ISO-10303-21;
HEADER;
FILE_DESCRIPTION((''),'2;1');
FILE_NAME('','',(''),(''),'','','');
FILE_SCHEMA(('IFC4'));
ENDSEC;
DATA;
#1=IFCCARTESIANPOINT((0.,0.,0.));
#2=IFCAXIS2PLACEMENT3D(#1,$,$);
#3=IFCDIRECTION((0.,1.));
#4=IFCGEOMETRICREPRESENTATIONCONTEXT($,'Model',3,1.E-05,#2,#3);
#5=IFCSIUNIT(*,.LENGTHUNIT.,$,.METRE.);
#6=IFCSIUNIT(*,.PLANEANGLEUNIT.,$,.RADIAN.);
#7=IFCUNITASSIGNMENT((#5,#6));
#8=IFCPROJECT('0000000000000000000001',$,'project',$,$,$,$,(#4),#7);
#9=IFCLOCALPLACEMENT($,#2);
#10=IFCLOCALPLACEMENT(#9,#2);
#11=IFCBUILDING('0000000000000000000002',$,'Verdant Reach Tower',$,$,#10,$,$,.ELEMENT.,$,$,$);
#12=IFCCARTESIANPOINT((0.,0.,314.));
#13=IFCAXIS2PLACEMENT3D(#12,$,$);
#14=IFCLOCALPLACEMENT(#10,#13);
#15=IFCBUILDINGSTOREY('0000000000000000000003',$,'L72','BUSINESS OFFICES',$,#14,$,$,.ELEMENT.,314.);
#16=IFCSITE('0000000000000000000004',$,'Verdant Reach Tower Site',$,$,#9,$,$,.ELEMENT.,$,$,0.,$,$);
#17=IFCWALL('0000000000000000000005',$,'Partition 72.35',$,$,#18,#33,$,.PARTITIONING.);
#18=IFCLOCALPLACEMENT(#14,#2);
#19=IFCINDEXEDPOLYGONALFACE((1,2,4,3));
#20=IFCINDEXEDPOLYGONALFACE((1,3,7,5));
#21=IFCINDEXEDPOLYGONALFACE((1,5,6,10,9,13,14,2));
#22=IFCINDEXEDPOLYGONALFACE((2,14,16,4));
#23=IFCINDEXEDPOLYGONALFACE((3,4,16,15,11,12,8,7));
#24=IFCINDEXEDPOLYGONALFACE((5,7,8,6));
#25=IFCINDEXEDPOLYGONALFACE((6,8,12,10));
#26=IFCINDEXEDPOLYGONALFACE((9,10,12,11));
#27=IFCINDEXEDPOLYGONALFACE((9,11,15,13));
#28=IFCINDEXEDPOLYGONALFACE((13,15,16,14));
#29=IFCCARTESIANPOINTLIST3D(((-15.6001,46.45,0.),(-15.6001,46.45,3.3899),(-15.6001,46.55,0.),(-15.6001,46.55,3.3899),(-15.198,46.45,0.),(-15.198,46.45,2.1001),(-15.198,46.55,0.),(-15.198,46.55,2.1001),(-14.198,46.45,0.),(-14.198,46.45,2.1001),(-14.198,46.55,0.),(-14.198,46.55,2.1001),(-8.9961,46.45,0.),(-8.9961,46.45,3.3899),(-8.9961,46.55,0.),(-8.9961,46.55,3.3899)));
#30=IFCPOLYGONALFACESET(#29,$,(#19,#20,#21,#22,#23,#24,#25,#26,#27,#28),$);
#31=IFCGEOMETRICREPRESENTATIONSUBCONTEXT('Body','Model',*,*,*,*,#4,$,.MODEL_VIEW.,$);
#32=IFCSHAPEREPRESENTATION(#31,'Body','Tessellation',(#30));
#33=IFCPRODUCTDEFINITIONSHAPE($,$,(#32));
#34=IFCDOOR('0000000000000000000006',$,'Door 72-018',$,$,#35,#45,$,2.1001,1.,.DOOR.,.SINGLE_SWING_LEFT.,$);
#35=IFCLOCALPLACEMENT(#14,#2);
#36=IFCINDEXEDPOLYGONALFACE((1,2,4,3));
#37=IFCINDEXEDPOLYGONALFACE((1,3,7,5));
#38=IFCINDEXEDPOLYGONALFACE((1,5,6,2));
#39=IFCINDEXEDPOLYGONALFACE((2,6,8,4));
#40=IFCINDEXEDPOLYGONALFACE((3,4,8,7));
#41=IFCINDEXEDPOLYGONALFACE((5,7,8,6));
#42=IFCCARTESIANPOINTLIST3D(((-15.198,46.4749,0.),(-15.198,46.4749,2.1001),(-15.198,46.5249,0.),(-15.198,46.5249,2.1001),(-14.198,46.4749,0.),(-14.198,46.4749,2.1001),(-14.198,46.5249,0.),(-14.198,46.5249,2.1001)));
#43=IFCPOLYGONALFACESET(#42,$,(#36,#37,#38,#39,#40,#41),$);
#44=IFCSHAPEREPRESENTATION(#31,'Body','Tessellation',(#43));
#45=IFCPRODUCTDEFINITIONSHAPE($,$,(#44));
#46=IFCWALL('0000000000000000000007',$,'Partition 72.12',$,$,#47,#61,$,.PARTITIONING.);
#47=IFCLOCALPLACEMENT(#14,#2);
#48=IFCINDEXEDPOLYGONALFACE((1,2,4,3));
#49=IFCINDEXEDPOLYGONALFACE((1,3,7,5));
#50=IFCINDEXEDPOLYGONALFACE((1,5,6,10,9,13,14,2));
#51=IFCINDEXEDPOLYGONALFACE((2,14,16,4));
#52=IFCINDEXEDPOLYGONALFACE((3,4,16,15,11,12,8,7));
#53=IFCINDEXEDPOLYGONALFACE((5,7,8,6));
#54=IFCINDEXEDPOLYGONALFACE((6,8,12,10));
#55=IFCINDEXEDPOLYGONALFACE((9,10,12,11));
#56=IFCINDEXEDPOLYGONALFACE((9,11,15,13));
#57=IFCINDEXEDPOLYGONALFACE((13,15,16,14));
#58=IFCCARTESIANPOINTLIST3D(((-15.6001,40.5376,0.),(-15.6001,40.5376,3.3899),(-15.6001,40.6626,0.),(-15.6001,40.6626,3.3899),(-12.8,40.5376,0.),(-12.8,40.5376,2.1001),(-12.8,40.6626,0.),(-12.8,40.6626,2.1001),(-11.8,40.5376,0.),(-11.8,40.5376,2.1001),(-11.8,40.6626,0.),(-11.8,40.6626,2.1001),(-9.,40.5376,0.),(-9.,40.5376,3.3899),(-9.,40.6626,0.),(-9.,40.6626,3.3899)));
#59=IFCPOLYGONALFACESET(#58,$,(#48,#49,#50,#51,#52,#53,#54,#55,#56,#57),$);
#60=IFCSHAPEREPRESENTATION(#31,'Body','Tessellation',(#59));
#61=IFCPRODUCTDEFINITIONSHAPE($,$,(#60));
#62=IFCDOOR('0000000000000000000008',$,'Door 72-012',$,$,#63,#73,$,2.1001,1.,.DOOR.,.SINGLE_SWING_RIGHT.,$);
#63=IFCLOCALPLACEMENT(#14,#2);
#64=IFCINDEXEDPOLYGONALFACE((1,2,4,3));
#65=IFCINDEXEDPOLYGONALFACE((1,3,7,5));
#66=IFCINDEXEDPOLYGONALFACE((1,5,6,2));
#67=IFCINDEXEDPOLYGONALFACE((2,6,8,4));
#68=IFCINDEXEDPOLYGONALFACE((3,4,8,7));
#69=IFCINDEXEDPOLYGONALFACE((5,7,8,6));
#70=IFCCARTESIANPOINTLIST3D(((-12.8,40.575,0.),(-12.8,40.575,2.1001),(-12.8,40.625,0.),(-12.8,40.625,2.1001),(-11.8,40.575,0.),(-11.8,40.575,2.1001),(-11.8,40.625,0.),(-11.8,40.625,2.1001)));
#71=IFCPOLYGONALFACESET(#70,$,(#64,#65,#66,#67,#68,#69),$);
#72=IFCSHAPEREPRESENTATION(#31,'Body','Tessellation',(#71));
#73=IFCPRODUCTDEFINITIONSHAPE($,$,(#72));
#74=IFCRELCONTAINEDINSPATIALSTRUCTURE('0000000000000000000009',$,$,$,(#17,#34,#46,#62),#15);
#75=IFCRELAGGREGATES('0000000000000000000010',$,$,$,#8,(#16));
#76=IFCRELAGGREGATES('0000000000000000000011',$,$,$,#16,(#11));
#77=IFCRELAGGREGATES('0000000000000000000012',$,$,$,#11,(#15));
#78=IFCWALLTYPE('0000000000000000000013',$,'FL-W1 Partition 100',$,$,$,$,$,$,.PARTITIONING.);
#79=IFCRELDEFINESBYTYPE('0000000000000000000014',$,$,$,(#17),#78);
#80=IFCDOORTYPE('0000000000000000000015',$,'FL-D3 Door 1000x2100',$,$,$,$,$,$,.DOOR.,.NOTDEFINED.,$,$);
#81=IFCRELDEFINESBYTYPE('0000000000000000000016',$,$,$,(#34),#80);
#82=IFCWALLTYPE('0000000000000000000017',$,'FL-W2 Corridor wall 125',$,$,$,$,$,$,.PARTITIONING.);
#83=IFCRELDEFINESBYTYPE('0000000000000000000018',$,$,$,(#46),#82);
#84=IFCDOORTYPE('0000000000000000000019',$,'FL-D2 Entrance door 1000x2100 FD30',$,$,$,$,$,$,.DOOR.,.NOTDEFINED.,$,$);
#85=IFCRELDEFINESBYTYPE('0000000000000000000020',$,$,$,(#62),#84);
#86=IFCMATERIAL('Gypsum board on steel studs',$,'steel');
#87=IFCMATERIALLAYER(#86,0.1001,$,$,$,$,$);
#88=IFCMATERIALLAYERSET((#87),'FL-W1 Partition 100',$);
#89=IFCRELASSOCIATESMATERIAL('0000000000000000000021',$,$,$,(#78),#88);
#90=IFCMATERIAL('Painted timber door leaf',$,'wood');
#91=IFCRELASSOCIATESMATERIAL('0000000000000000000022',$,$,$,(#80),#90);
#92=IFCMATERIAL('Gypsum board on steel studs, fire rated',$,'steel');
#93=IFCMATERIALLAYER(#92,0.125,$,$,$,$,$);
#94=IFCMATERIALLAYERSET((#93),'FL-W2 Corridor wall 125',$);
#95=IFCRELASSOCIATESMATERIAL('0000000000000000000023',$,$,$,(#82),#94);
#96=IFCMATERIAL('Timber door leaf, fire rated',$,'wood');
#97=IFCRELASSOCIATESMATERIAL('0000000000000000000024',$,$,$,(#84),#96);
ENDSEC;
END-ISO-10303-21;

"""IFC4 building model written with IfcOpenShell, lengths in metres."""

from ifc_helpers import new_model, si_unit, direction, frame, frame_2d, origin, place, context, subcontext, project, spatial, rectangle, extrude, material, layer, layer_set, type_object, element, fill, save


model = new_model("IFC4")

# Units and contexts
model_context = context("Model", 3, precision=1e-05, world=origin(), true_north=direction((0.0, 1.0)))
body_context = subcontext(model_context, "Body", "Model", "MODEL_VIEW")
ifc_project = project(units=[si_unit("LENGTHUNIT", "METRE"), si_unit("PLANEANGLEUNIT", "RADIAN")], contexts=[model_context])

# Site, building, storey
site_placement = place(None, origin())
site = spatial("IfcSite", under=ifc_project, at=site_placement, Name="Verdant Reach Tower Site", CompositionType="ELEMENT", RefElevation=0.0)
building_placement = place(site_placement, origin())
building = spatial("IfcBuilding", under=site, at=building_placement, Name="Verdant Reach Tower", CompositionType="ELEMENT")
storey_placement = place(building_placement, frame((0.0, 0.0, 314.0)))
storey = spatial("IfcBuildingStorey", under=building, at=storey_placement, Name="L72", Description="BUSINESS OFFICES", CompositionType="ELEMENT", Elevation=314.0)

# Shared definitions
ifc_material_1 = material(Name="Gypsum board on steel studs", Category="steel")
ifc_layer_1 = layer(ifc_material_1, 0.1001)
ifc_layer_set_1 = layer_set([ifc_layer_1], Name="FL-W1 Partition 100")
wall_type_1 = type_object("IfcWallType", Name="FL-W1 Partition 100", PredefinedType="PARTITIONING", material=ifc_layer_set_1)

# Walls, openings, doors
wall_1_placement = place(storey_placement, frame((-15.6001, 46.5, 0.0), z_axis=(0.0, 0.0, 1.0), x_axis=(1.0, 0.0, 0.0)))
wall_1 = element("IfcWall", 1, at=wall_1_placement, inside=storey, type_object=wall_type_1, Name="Partition 72.35", PredefinedType="PARTITIONING", context=body_context, shape_type="SweptSolid", body=[
    extrude(rectangle(XDim=6.604, YDim=0.1001, at=frame_2d((3.302, 0.0))), origin(), (0.0, 0.0, 1.0), 3.3899),
])
opening_1_placement = place(wall_1_placement, frame((0.4021, 0.0, 0.0)))
opening_1 = element("IfcOpeningElement", 2, at=opening_1_placement, cuts=wall_1, PredefinedType="OPENING", context=body_context, shape_type="SweptSolid", body=[
    extrude(rectangle(XDim=1.0, YDim=2.1001, at=frame_2d((0.5, 1.05))), frame((0.0, 0.0601, 0.0), z_axis=(0.0, -1.0, 0.0), x_axis=(1.0, 0.0, 0.0)), (0.0, 0.0, 1.0), 0.1201),
])
ifc_material_2 = material(Name="Painted timber door leaf", Category="wood")
door_type_1 = type_object("IfcDoorType", Name="FL-D3 Door 1000x2100", OperationType="NOTDEFINED", PredefinedType="DOOR", material=ifc_material_2)
door_1_placement = place(opening_1_placement, origin())
door_1 = element("IfcDoor", 3, at=door_1_placement, inside=storey, type_object=door_type_1, Name="Door 72-018", OperationType="SINGLE_SWING_LEFT", OverallHeight=2.1001, OverallWidth=1.0, PredefinedType="DOOR", context=body_context, shape_type="SweptSolid", body=[
    extrude(rectangle(XDim=1.0, YDim=2.1001, at=frame_2d((0.5, 1.05))), frame((0.0, 0.0249, 0.0), z_axis=(0.0, -1.0, 0.0), x_axis=(1.0, 0.0, 0.0)), (0.0, 0.0, 1.0), 0.05),
])
fill(opening_1, door_1)
ifc_material_3 = material(Name="Gypsum board on steel studs, fire rated", Category="steel")
ifc_layer_2 = layer(ifc_material_3, 0.125)
ifc_layer_set_2 = layer_set([ifc_layer_2], Name="FL-W2 Corridor wall 125")
wall_type_2 = type_object("IfcWallType", Name="FL-W2 Corridor wall 125", PredefinedType="PARTITIONING", material=ifc_layer_set_2)
wall_2_placement = place(storey_placement, frame((-15.6001, 40.6001, 0.0), z_axis=(0.0, 0.0, 1.0), x_axis=(1.0, 0.0, 0.0)))
wall_2 = element("IfcWall", 4, at=wall_2_placement, inside=storey, type_object=wall_type_2, Name="Partition 72.12", PredefinedType="PARTITIONING", context=body_context, shape_type="SweptSolid", body=[
    extrude(rectangle(XDim=6.6001, YDim=0.125, at=frame_2d((3.3, 0.0))), origin(), (0.0, 0.0, 1.0), 3.3899),
])
opening_2_placement = place(wall_2_placement, frame((2.8, 0.0, 0.0)))
opening_2 = element("IfcOpeningElement", 5, at=opening_2_placement, cuts=wall_2, PredefinedType="OPENING", context=body_context, shape_type="SweptSolid", body=[
    extrude(rectangle(XDim=1.0, YDim=2.1001, at=frame_2d((0.5, 1.05))), frame((0.0, 0.0725, 0.0), z_axis=(0.0, -1.0, 0.0), x_axis=(1.0, 0.0, 0.0)), (0.0, 0.0, 1.0), 0.145),
])
ifc_material_4 = material(Name="Timber door leaf, fire rated", Category="wood")
door_type_2 = type_object("IfcDoorType", Name="FL-D2 Entrance door 1000x2100 FD30", OperationType="NOTDEFINED", PredefinedType="DOOR", material=ifc_material_4)
door_2_placement = place(opening_2_placement, origin())
door_2 = element("IfcDoor", 6, at=door_2_placement, inside=storey, type_object=door_type_2, Name="Door 72-012", OperationType="SINGLE_SWING_RIGHT", OverallHeight=2.1001, OverallWidth=1.0, PredefinedType="DOOR", context=body_context, shape_type="SweptSolid", body=[
    extrude(rectangle(XDim=1.0, YDim=2.1001, at=frame_2d((0.5, 1.05))), frame((0.0, 0.0249, 0.0), z_axis=(0.0, -1.0, 0.0), x_axis=(1.0, 0.0, 0.0)), (0.0, 0.0, 1.0), 0.05),
])
fill(opening_2, door_2)

save(model, "model.ifc")
